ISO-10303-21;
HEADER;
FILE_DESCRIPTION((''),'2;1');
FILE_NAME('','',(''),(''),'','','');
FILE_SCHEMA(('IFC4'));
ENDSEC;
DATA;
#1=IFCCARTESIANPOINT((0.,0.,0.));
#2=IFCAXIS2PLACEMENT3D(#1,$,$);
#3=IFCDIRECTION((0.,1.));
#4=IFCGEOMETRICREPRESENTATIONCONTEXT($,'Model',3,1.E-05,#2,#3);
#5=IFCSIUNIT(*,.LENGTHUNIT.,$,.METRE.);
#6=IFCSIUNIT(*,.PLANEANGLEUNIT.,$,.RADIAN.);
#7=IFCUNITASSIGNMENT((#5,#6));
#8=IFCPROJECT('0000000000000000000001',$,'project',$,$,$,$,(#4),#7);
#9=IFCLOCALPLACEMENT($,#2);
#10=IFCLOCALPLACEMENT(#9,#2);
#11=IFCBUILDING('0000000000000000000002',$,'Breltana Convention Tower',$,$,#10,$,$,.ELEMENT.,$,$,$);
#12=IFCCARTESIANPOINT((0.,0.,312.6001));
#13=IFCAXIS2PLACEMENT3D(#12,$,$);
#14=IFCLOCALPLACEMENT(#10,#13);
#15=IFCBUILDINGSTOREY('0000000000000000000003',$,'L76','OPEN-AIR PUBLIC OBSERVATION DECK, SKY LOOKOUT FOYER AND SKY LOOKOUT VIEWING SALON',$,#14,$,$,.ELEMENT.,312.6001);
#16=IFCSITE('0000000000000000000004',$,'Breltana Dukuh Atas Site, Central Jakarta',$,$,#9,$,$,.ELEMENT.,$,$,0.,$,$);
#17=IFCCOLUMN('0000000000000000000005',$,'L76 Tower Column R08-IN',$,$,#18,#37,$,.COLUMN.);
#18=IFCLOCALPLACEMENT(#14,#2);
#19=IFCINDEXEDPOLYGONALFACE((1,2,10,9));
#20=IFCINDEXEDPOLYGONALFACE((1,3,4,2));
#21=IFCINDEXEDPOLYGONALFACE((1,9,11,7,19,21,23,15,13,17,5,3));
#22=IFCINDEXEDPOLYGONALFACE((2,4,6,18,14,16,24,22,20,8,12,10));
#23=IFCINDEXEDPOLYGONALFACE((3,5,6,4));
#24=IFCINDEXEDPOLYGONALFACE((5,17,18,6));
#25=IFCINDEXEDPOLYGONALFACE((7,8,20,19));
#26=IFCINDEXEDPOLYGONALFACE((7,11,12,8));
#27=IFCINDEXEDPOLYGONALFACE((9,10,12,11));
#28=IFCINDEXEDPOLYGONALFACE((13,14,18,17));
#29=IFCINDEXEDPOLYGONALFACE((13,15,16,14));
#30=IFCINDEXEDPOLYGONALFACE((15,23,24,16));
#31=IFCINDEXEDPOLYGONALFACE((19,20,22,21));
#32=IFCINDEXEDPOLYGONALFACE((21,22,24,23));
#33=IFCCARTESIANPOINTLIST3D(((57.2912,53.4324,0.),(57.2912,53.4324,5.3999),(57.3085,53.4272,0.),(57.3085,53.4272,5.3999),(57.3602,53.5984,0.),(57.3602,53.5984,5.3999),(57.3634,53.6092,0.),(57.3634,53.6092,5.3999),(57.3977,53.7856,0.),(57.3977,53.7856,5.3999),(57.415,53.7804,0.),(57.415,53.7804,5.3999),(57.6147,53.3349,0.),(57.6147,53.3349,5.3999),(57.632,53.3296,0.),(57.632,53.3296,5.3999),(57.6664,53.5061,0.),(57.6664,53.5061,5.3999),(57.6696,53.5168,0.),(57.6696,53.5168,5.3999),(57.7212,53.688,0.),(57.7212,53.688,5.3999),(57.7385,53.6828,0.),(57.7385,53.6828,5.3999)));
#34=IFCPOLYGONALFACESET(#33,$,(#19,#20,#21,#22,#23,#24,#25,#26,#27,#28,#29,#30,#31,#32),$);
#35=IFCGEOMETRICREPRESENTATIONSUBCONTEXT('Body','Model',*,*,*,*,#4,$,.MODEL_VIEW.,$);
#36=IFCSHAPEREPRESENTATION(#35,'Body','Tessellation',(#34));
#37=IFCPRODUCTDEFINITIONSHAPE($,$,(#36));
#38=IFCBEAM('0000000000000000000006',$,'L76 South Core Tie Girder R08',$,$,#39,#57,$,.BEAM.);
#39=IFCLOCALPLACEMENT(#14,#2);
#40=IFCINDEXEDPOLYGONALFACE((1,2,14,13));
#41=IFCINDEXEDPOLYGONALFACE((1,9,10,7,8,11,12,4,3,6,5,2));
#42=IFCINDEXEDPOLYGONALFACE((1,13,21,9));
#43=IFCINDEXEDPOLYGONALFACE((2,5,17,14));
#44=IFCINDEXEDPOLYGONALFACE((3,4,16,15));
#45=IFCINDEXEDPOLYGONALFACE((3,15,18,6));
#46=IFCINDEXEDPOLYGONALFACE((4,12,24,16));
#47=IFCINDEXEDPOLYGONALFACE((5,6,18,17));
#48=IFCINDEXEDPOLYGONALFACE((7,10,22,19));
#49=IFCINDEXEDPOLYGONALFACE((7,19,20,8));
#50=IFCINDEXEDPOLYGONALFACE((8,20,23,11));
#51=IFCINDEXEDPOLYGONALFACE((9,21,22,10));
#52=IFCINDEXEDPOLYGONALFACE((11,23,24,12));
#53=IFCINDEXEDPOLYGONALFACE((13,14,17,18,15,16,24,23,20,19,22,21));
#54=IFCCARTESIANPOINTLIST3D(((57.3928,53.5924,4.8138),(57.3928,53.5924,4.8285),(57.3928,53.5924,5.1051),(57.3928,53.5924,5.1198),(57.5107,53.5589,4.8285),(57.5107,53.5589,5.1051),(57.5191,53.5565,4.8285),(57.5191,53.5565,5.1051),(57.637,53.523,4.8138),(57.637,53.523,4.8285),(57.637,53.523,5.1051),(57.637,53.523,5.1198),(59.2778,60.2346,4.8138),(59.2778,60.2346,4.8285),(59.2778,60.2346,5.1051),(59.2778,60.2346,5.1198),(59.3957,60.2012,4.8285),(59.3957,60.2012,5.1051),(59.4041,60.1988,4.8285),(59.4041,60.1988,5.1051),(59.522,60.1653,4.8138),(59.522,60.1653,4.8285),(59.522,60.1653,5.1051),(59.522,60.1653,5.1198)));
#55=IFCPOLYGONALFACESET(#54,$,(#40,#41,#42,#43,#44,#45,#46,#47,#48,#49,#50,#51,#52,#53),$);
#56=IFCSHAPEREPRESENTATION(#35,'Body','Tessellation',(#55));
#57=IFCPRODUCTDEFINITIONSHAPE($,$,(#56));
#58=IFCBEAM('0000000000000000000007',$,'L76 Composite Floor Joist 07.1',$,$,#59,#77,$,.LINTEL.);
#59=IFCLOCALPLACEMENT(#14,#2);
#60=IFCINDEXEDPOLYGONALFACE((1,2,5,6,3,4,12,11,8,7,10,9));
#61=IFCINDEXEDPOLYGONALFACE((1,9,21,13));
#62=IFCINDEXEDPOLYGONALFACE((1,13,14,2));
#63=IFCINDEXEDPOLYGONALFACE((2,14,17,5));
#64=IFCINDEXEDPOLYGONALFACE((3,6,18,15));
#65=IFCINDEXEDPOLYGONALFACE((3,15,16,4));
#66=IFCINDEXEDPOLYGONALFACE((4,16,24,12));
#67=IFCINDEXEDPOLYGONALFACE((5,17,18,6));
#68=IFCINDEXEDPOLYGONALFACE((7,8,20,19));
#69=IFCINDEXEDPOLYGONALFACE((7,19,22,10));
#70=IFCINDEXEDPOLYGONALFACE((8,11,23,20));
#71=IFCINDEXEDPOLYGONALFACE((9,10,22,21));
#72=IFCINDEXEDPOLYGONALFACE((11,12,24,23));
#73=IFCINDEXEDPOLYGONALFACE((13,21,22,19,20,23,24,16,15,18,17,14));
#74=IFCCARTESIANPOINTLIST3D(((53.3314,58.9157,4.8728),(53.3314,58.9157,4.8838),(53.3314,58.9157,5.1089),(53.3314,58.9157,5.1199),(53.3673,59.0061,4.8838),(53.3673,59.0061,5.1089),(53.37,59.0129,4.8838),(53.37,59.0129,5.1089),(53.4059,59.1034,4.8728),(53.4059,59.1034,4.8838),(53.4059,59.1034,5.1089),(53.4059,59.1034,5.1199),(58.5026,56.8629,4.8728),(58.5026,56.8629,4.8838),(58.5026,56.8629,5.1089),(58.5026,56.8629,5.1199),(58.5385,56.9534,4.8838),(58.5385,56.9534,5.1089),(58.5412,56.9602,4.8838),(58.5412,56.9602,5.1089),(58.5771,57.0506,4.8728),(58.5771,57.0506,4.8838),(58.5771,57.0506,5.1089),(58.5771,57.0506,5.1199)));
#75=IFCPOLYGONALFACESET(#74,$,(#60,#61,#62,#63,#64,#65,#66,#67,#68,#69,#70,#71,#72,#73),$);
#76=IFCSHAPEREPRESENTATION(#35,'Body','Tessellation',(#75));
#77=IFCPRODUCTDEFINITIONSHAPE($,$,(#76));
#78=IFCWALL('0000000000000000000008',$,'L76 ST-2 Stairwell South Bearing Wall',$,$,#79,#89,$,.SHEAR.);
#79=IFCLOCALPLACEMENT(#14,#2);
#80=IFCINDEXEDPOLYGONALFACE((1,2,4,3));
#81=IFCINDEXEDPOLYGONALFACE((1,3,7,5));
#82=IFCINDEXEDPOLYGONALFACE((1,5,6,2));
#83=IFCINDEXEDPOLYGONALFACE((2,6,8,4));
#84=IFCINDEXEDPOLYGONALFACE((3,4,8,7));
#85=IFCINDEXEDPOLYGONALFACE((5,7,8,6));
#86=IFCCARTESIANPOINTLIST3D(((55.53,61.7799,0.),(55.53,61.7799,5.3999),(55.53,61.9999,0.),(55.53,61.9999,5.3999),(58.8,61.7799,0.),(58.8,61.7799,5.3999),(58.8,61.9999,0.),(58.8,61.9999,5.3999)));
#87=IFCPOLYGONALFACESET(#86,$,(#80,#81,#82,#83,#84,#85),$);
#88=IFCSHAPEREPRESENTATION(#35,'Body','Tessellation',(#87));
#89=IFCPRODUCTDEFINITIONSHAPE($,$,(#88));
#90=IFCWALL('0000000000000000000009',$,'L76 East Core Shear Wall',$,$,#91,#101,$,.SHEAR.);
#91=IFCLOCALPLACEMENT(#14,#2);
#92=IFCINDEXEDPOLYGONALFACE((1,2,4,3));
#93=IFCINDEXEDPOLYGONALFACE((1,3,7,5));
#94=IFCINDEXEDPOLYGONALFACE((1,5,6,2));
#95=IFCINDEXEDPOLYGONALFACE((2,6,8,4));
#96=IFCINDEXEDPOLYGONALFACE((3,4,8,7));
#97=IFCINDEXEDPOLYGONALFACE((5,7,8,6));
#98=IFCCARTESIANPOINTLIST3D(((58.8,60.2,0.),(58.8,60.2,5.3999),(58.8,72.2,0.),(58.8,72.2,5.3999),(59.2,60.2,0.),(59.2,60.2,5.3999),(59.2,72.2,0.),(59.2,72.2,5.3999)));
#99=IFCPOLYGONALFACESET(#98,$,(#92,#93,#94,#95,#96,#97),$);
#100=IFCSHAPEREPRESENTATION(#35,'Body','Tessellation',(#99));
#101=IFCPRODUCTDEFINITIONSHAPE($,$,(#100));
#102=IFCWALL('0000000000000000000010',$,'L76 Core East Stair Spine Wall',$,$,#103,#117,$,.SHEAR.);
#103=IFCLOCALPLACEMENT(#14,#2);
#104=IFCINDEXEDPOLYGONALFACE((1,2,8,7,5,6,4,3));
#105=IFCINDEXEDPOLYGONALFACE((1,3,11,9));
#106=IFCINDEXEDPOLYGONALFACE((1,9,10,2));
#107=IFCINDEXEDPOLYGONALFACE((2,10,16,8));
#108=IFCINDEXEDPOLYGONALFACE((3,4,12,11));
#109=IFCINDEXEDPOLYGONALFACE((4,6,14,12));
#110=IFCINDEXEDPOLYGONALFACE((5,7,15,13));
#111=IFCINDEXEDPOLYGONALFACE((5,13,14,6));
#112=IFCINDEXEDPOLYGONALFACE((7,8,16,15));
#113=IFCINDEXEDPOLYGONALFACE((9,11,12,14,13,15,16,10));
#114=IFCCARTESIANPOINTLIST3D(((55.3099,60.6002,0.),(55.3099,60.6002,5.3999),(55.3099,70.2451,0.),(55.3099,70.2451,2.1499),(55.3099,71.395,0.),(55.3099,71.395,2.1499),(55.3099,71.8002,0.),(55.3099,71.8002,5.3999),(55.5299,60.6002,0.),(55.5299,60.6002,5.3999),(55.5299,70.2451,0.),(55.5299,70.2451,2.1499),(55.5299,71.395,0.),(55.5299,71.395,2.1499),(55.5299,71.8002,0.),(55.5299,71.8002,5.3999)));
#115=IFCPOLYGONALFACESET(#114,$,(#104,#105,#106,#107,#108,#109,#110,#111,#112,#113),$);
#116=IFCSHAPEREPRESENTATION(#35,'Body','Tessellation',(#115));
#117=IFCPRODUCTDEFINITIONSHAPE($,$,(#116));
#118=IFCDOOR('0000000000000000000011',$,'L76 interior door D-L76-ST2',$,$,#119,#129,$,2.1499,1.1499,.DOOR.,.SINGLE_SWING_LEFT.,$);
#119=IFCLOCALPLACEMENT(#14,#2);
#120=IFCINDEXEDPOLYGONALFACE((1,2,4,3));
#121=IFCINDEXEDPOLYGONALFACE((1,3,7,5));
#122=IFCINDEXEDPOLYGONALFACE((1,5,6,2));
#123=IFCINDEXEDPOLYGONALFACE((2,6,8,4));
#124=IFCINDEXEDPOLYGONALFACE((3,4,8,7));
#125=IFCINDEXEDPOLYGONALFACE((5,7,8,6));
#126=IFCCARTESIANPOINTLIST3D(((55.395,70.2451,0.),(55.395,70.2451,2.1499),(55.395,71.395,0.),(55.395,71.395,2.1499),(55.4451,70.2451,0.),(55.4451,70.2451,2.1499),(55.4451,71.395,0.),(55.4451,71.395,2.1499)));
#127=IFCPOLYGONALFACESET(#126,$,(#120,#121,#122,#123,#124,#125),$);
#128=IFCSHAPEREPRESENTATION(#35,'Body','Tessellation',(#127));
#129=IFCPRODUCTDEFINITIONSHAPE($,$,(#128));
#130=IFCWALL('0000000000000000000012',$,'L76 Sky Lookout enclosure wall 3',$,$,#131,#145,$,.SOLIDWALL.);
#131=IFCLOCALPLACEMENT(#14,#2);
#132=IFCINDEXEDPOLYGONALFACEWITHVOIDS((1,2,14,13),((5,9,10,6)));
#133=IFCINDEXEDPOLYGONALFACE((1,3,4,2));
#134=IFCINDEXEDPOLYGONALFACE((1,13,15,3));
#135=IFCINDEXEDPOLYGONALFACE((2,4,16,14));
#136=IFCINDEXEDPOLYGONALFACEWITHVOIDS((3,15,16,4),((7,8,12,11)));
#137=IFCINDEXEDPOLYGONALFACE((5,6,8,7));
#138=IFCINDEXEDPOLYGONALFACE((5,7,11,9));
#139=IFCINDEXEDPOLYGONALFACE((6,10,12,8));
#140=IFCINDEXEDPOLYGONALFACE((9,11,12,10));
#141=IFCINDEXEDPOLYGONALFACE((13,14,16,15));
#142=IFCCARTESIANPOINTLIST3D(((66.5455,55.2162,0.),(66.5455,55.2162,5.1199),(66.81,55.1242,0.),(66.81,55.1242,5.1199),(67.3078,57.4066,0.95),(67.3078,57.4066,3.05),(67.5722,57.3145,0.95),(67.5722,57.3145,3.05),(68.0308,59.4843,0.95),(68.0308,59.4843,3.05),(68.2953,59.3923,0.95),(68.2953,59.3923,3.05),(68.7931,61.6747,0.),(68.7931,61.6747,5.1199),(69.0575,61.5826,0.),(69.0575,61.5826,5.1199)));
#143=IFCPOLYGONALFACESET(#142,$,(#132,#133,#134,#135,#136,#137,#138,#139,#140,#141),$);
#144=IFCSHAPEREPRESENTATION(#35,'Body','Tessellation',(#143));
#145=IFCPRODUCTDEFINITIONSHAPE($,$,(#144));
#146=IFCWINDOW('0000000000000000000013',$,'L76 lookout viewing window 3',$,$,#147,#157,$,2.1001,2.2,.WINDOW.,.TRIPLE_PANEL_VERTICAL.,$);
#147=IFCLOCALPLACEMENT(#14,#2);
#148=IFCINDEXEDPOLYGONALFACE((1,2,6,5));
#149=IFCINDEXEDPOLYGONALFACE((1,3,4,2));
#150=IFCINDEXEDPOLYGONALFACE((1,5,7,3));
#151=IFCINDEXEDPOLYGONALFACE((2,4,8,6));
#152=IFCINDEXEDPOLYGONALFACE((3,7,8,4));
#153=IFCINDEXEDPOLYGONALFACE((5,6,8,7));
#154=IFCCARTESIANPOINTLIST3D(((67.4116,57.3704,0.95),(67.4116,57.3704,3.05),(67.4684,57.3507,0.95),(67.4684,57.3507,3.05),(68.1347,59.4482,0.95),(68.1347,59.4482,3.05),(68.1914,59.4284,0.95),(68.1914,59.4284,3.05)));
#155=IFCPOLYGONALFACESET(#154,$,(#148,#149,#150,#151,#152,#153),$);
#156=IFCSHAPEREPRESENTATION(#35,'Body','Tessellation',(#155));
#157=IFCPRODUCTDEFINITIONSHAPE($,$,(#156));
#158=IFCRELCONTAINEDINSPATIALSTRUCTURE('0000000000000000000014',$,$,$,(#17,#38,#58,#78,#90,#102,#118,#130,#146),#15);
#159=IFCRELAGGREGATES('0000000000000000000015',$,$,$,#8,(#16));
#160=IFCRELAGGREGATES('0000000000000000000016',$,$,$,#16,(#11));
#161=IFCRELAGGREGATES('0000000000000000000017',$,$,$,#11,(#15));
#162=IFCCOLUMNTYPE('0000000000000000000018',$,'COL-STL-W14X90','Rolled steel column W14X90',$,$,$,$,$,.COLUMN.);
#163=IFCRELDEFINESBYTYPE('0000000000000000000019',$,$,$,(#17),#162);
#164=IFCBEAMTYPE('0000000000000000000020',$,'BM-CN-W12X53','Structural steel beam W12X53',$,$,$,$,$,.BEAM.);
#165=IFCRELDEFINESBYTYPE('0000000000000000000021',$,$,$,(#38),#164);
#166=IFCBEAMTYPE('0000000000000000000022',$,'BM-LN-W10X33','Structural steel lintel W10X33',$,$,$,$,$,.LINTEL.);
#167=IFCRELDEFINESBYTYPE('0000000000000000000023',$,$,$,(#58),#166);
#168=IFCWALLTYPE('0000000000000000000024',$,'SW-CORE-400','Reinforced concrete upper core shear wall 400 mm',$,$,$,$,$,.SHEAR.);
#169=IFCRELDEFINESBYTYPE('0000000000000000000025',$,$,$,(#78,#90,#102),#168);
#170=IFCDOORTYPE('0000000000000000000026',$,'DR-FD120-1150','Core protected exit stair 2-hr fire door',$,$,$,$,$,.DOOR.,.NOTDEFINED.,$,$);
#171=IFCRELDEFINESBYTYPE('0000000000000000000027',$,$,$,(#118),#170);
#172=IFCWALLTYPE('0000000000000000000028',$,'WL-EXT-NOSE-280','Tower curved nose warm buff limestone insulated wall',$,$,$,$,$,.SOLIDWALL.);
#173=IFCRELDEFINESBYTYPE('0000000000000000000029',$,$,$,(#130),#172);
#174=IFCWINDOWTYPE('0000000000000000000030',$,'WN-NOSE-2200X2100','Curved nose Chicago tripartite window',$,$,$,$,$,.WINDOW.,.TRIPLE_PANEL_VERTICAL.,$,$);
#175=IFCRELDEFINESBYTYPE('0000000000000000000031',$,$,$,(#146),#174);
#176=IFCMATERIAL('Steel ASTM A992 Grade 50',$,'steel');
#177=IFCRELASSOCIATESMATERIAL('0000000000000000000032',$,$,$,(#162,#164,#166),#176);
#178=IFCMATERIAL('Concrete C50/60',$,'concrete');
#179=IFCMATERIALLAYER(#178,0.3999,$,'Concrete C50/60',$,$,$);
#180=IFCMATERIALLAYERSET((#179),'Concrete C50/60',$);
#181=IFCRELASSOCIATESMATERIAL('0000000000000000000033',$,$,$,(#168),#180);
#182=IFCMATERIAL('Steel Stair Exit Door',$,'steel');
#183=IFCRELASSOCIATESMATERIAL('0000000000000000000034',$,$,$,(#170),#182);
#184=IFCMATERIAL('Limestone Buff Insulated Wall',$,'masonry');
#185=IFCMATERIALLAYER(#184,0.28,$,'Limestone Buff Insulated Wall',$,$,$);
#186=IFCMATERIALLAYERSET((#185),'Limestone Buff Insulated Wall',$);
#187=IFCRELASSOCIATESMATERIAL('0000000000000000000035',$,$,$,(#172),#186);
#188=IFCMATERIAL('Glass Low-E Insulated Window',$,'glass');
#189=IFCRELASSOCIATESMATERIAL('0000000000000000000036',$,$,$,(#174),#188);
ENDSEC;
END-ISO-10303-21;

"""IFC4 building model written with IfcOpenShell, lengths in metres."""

from ifc_helpers import new_model, si_unit, direction, frame, frame_2d, origin, origin_2d, place, context, subcontext, project, spatial, rectangle, i_section, extrude, source, transform, mapped, material, layer, layer_set, material_profile, profile_set, type_object, type_shapes, element, fill, save


model = new_model("IFC4")

# Units and contexts
model_context = context("Model", 3, precision=1e-05, world=origin(), true_north=direction((0.0, 1.0)))
body_context = subcontext(model_context, "Body", "Model", "MODEL_VIEW")
ifc_project = project(units=[si_unit("LENGTHUNIT", "METRE"), si_unit("PLANEANGLEUNIT", "RADIAN")], contexts=[model_context])

# Site, building, storey
site_placement = place(None, origin())
site = spatial("IfcSite", under=ifc_project, at=site_placement, Name="Breltana Dukuh Atas Site, Central Jakarta", CompositionType="ELEMENT", RefElevation=0.0)
building_placement = place(site_placement, origin())
building = spatial("IfcBuilding", under=site, at=building_placement, Name="Breltana Convention Tower", CompositionType="ELEMENT")
storey_placement = place(building_placement, frame((0.0, 0.0, 312.6001)))
storey = spatial("IfcBuildingStorey", under=building, at=storey_placement, Name="L76", Description="OPEN-AIR PUBLIC OBSERVATION DECK, SKY LOOKOUT FOYER AND SKY LOOKOUT VIEWING SALON", CompositionType="ELEMENT", Elevation=312.6001)

# Column
ifc_material_1 = material(Name="Steel ASTM A992 Grade 50", Category="steel")
ifc_material_profile_1 = material_profile(ifc_material_1, i_section(OverallWidth=0.3689, OverallDepth=0.356, WebThickness=0.0112, FlangeThickness=0.0181, at=origin_2d()), Name="W14X90")
ifc_profile_set_1 = profile_set([ifc_material_profile_1], Name="Steel ASTM A992 Grade 50")
column_type = type_object("IfcColumnType", Name="COL-STL-W14X90", Description="Rolled steel column W14X90", PredefinedType="COLUMN", material=ifc_profile_set_1)
shared_shape_1 = source(origin(), body_context, "Body", "SweptSolid", [
    extrude(i_section(OverallWidth=0.3689, OverallDepth=0.356, WebThickness=0.0112, FlangeThickness=0.0181, at=origin_2d()), origin(), (0.0, 0.0, 1.0), 5.3999),
])
column_placement = place(storey_placement, frame((57.5149, 53.5576, 0.0), z_axis=(0.0, 0.0, 1.0), x_axis=(0.288698, 0.95742, 0.0)))
element("IfcColumn", 1, at=column_placement, inside=storey, type_object=column_type, Name="L76 Tower Column R08-IN", PredefinedType="COLUMN", context=body_context, shape_type="MappedRepresentation", body=[
    mapped(shared_shape_1, transform((0.0, 0.0, 0.0), scale=1.0)),
])

# Beams
ifc_material_profile_2 = material_profile(ifc_material_1, i_section(OverallWidth=0.2539, OverallDepth=0.3059, WebThickness=0.0088, FlangeThickness=0.0146, at=origin_2d()), Name="W12X53")
ifc_profile_set_2 = profile_set([ifc_material_profile_2], Name="Steel ASTM A992 Grade 50")
beam_type_1 = type_object("IfcBeamType", Name="BM-CN-W12X53", Description="Structural steel beam W12X53", PredefinedType="BEAM", material=ifc_profile_set_2)
shared_shape_2 = source(origin(), body_context, "Body", "SweptSolid", [
    extrude(i_section(OverallWidth=0.2539, OverallDepth=0.3059, WebThickness=0.0088, FlangeThickness=0.0146, at=origin_2d()), origin(), (0.0, 0.0, 1.0), 6.9045),
])
beam_1_placement = place(storey_placement, frame((59.3999, 60.2, 4.9668), z_axis=(-0.273007, -0.962012, 0.0), x_axis=(0.962012, -0.273007, 0.0)))
element("IfcBeam", 2, at=beam_1_placement, inside=storey, type_object=beam_type_1, Name="L76 South Core Tie Girder R08", PredefinedType="BEAM", context=body_context, shape_type="MappedRepresentation", body=[
    mapped(shared_shape_2, transform((0.0, 0.0, 0.0), scale=1.0)),
])
ifc_material_profile_3 = material_profile(ifc_material_1, i_section(OverallWidth=0.2019, OverallDepth=0.2471, WebThickness=0.0073, FlangeThickness=0.011, at=origin_2d()), Name="W10X33")
ifc_profile_set_3 = profile_set([ifc_material_profile_3], Name="Steel ASTM A992 Grade 50")
beam_type_2 = type_object("IfcBeamType", Name="BM-LN-W10X33", Description="Structural steel lintel W10X33", PredefinedType="LINTEL", material=ifc_profile_set_3)
shared_shape_3 = source(origin(), body_context, "Body", "SweptSolid", [
    extrude(i_section(OverallWidth=0.2019, OverallDepth=0.2471, WebThickness=0.0073, FlangeThickness=0.011, at=origin_2d()), origin(), (0.0, 0.0, 1.0), 5.5637),
])
beam_2_placement = place(storey_placement, frame((53.3687, 59.0095, 4.9963), z_axis=(0.929448, -0.368953, 0.0), x_axis=(0.368953, 0.929448, 0.0)))
element("IfcBeam", 3, at=beam_2_placement, inside=storey, type_object=beam_type_2, Name="L76 Composite Floor Joist 07.1", PredefinedType="LINTEL", context=body_context, shape_type="MappedRepresentation", body=[
    mapped(shared_shape_3, transform((0.0, 0.0, 0.0), scale=1.0)),
])

# Walls
ifc_material_2 = material(Name="Concrete C50/60", Category="concrete")
ifc_layer_1 = layer(ifc_material_2, 0.3999, Name="Concrete C50/60")
ifc_layer_set_1 = layer_set([ifc_layer_1], Name="Concrete C50/60")
wall_type_1 = type_object("IfcWallType", Name="SW-CORE-400", Description="Reinforced concrete upper core shear wall 400 mm", PredefinedType="SHEAR", material=ifc_layer_set_1)
shared_shape_4 = source(origin(), body_context, "Body", "SweptSolid", [
    extrude(rectangle(XDim=3.27, YDim=0.22, at=frame_2d((1.635, 0.0))), origin(), (0.0, 0.0, 1.0), 5.3999),
])
wall_1_placement = place(storey_placement, frame((55.53, 61.8899, 0.0), z_axis=(0.0, 0.0, 1.0), x_axis=(1.0, 0.0, 0.0)))
element("IfcWall", 4, at=wall_1_placement, inside=storey, type_object=wall_type_1, Name="L76 ST-2 Stairwell South Bearing Wall", PredefinedType="SHEAR", context=body_context, shape_type="MappedRepresentation", body=[
    mapped(shared_shape_4, transform((0.0, 0.0, 0.0), scale=1.0)),
])
shared_shape_5 = source(origin(), body_context, "Body", "SweptSolid", [
    extrude(rectangle(XDim=12.0, YDim=0.3999, at=frame_2d((6.0, 0.0))), origin(), (0.0, 0.0, 1.0), 5.3999),
])
wall_2_placement = place(storey_placement, frame((59.0, 60.2, 0.0), z_axis=(0.0, 0.0, 1.0), x_axis=(0.0, 1.0, 0.0)))
element("IfcWall", 5, at=wall_2_placement, inside=storey, type_object=wall_type_1, Name="L76 East Core Shear Wall", PredefinedType="SHEAR", context=body_context, shape_type="MappedRepresentation", body=[
    mapped(shared_shape_5, transform((0.0, 0.0, 0.0), scale=1.0)),
])

# Wall, opening, door
shared_shape_6 = source(origin(), body_context, "Body", "SweptSolid", [
    extrude(rectangle(XDim=11.2, YDim=0.22, at=frame_2d((5.6001, 0.0))), origin(), (0.0, 0.0, 1.0), 5.3999),
])
wall_3_placement = place(storey_placement, frame((55.4199, 60.6001, 0.0), z_axis=(0.0, 0.0, 1.0), x_axis=(0.0, 1.0, 0.0)))
wall_3 = element("IfcWall", 6, at=wall_3_placement, inside=storey, type_object=wall_type_1, Name="L76 Core East Stair Spine Wall", PredefinedType="SHEAR", context=body_context, shape_type="MappedRepresentation", body=[
    mapped(shared_shape_6, transform((0.0, 0.0, 0.0), scale=1.0)),
])
opening_1_placement = place(wall_3_placement, frame((9.645, 0.0, 0.0)))
opening_1 = element("IfcOpeningElement", 7, at=opening_1_placement, cuts=wall_3, PredefinedType="OPENING", context=body_context, shape_type="SweptSolid", body=[
    extrude(rectangle(XDim=1.1499, YDim=2.1499, at=frame_2d((0.575, 1.075))), frame((0.0, 0.1201, 0.0), z_axis=(0.0, -1.0, 0.0), x_axis=(1.0, 0.0, 0.0)), (0.0, 0.0, 1.0), 0.24),
])
ifc_material_3 = material(Name="Steel Stair Exit Door", Category="steel")
door_type_1 = type_object("IfcDoorType", Name="DR-FD120-1150", Description="Core protected exit stair 2-hr fire door", OperationType="NOTDEFINED", PredefinedType="DOOR", material=ifc_material_3)
shared_shape_7 = source(origin(), body_context, "Body", "SweptSolid", [
    extrude(rectangle(XDim=1.1499, YDim=2.1499, at=frame_2d((0.575, 1.075))), frame((0.0, 0.0249, 0.0), z_axis=(0.0, -1.0, 0.0), x_axis=(1.0, 0.0, 0.0)), (0.0, 0.0, 1.0), 0.05),
])
type_shapes(door_type_1, [shared_shape_7])
door_1_placement = place(opening_1_placement, origin())
door_1 = element("IfcDoor", 8, at=door_1_placement, inside=storey, type_object=door_type_1, Name="L76 interior door D-L76-ST2", OperationType="SINGLE_SWING_LEFT", OverallHeight=2.1499, OverallWidth=1.1499, PredefinedType="DOOR", context=body_context, shape_type="MappedRepresentation", body=[
    mapped(shared_shape_7, transform((0.0, 0.0, 0.0), scale=1.0)),
])
fill(opening_1, door_1)

# Wall, opening, window
ifc_material_4 = material(Name="Limestone Buff Insulated Wall", Category="masonry")
ifc_layer_2 = layer(ifc_material_4, 0.28, Name="Limestone Buff Insulated Wall")
ifc_layer_set_2 = layer_set([ifc_layer_2], Name="Limestone Buff Insulated Wall")
wall_type_2 = type_object("IfcWallType", Name="WL-EXT-NOSE-280", Description="Tower curved nose warm buff limestone insulated wall", PredefinedType="SOLIDWALL", material=ifc_layer_set_2)
shared_shape_8 = source(origin(), body_context, "Body", "SweptSolid", [
    extrude(rectangle(XDim=6.8384, YDim=0.28, at=frame_2d((3.4192, 0.0))), origin(), (0.0, 0.0, 1.0), 5.1199),
])
wall_4_placement = place(storey_placement, frame((68.9253, 61.6287, 0.0), z_axis=(0.0, 0.0, 1.0), x_axis=(-0.328667, -0.944446, 0.0)))
wall_4 = element("IfcWall", 9, at=wall_4_placement, inside=storey, type_object=wall_type_2, Name="L76 Sky Lookout enclosure wall 3", PredefinedType="SOLIDWALL", context=body_context, shape_type="MappedRepresentation", body=[
    mapped(shared_shape_8, transform((0.0, 0.0, 0.0), scale=1.0)),
])
opening_2_placement = place(wall_4_placement, frame((2.3191, 0.0, 0.95)))
opening_2 = element("IfcOpeningElement", 10, at=opening_2_placement, cuts=wall_4, PredefinedType="OPENING", context=body_context, shape_type="SweptSolid", body=[
    extrude(rectangle(XDim=2.2, YDim=2.1001, at=frame_2d((1.1001, 1.05))), frame((0.0, 0.1499, 0.0), z_axis=(0.0, -1.0, 0.0), x_axis=(1.0, 0.0, 0.0)), (0.0, 0.0, 1.0), 0.3),
])
ifc_material_5 = material(Name="Glass Low-E Insulated Window", Category="glass")
window_type = type_object("IfcWindowType", Name="WN-NOSE-2200X2100", Description="Curved nose Chicago tripartite window", PartitioningType="TRIPLE_PANEL_VERTICAL", PredefinedType="WINDOW", material=ifc_material_5)
shared_shape_9 = source(origin(), body_context, "Body", "SweptSolid", [
    extrude(rectangle(XDim=2.2, YDim=2.1001, at=frame_2d((1.1001, 1.05))), frame((0.0, 0.03, 0.0), z_axis=(0.0, -1.0, 0.0), x_axis=(1.0, 0.0, 0.0)), (0.0, 0.0, 1.0), 0.0601),
])
type_shapes(window_type, [shared_shape_9])
window_1_placement = place(opening_2_placement, origin())
window_1 = element("IfcWindow", 11, at=window_1_placement, inside=storey, type_object=window_type, Name="L76 lookout viewing window 3", OverallHeight=2.1001, OverallWidth=2.2, PartitioningType="TRIPLE_PANEL_VERTICAL", PredefinedType="WINDOW", context=body_context, shape_type="MappedRepresentation", body=[
    mapped(shared_shape_9, transform((0.0, 0.0, 0.0), scale=1.0)),
])
fill(opening_2, window_1)

save(model, "model.ifc")
